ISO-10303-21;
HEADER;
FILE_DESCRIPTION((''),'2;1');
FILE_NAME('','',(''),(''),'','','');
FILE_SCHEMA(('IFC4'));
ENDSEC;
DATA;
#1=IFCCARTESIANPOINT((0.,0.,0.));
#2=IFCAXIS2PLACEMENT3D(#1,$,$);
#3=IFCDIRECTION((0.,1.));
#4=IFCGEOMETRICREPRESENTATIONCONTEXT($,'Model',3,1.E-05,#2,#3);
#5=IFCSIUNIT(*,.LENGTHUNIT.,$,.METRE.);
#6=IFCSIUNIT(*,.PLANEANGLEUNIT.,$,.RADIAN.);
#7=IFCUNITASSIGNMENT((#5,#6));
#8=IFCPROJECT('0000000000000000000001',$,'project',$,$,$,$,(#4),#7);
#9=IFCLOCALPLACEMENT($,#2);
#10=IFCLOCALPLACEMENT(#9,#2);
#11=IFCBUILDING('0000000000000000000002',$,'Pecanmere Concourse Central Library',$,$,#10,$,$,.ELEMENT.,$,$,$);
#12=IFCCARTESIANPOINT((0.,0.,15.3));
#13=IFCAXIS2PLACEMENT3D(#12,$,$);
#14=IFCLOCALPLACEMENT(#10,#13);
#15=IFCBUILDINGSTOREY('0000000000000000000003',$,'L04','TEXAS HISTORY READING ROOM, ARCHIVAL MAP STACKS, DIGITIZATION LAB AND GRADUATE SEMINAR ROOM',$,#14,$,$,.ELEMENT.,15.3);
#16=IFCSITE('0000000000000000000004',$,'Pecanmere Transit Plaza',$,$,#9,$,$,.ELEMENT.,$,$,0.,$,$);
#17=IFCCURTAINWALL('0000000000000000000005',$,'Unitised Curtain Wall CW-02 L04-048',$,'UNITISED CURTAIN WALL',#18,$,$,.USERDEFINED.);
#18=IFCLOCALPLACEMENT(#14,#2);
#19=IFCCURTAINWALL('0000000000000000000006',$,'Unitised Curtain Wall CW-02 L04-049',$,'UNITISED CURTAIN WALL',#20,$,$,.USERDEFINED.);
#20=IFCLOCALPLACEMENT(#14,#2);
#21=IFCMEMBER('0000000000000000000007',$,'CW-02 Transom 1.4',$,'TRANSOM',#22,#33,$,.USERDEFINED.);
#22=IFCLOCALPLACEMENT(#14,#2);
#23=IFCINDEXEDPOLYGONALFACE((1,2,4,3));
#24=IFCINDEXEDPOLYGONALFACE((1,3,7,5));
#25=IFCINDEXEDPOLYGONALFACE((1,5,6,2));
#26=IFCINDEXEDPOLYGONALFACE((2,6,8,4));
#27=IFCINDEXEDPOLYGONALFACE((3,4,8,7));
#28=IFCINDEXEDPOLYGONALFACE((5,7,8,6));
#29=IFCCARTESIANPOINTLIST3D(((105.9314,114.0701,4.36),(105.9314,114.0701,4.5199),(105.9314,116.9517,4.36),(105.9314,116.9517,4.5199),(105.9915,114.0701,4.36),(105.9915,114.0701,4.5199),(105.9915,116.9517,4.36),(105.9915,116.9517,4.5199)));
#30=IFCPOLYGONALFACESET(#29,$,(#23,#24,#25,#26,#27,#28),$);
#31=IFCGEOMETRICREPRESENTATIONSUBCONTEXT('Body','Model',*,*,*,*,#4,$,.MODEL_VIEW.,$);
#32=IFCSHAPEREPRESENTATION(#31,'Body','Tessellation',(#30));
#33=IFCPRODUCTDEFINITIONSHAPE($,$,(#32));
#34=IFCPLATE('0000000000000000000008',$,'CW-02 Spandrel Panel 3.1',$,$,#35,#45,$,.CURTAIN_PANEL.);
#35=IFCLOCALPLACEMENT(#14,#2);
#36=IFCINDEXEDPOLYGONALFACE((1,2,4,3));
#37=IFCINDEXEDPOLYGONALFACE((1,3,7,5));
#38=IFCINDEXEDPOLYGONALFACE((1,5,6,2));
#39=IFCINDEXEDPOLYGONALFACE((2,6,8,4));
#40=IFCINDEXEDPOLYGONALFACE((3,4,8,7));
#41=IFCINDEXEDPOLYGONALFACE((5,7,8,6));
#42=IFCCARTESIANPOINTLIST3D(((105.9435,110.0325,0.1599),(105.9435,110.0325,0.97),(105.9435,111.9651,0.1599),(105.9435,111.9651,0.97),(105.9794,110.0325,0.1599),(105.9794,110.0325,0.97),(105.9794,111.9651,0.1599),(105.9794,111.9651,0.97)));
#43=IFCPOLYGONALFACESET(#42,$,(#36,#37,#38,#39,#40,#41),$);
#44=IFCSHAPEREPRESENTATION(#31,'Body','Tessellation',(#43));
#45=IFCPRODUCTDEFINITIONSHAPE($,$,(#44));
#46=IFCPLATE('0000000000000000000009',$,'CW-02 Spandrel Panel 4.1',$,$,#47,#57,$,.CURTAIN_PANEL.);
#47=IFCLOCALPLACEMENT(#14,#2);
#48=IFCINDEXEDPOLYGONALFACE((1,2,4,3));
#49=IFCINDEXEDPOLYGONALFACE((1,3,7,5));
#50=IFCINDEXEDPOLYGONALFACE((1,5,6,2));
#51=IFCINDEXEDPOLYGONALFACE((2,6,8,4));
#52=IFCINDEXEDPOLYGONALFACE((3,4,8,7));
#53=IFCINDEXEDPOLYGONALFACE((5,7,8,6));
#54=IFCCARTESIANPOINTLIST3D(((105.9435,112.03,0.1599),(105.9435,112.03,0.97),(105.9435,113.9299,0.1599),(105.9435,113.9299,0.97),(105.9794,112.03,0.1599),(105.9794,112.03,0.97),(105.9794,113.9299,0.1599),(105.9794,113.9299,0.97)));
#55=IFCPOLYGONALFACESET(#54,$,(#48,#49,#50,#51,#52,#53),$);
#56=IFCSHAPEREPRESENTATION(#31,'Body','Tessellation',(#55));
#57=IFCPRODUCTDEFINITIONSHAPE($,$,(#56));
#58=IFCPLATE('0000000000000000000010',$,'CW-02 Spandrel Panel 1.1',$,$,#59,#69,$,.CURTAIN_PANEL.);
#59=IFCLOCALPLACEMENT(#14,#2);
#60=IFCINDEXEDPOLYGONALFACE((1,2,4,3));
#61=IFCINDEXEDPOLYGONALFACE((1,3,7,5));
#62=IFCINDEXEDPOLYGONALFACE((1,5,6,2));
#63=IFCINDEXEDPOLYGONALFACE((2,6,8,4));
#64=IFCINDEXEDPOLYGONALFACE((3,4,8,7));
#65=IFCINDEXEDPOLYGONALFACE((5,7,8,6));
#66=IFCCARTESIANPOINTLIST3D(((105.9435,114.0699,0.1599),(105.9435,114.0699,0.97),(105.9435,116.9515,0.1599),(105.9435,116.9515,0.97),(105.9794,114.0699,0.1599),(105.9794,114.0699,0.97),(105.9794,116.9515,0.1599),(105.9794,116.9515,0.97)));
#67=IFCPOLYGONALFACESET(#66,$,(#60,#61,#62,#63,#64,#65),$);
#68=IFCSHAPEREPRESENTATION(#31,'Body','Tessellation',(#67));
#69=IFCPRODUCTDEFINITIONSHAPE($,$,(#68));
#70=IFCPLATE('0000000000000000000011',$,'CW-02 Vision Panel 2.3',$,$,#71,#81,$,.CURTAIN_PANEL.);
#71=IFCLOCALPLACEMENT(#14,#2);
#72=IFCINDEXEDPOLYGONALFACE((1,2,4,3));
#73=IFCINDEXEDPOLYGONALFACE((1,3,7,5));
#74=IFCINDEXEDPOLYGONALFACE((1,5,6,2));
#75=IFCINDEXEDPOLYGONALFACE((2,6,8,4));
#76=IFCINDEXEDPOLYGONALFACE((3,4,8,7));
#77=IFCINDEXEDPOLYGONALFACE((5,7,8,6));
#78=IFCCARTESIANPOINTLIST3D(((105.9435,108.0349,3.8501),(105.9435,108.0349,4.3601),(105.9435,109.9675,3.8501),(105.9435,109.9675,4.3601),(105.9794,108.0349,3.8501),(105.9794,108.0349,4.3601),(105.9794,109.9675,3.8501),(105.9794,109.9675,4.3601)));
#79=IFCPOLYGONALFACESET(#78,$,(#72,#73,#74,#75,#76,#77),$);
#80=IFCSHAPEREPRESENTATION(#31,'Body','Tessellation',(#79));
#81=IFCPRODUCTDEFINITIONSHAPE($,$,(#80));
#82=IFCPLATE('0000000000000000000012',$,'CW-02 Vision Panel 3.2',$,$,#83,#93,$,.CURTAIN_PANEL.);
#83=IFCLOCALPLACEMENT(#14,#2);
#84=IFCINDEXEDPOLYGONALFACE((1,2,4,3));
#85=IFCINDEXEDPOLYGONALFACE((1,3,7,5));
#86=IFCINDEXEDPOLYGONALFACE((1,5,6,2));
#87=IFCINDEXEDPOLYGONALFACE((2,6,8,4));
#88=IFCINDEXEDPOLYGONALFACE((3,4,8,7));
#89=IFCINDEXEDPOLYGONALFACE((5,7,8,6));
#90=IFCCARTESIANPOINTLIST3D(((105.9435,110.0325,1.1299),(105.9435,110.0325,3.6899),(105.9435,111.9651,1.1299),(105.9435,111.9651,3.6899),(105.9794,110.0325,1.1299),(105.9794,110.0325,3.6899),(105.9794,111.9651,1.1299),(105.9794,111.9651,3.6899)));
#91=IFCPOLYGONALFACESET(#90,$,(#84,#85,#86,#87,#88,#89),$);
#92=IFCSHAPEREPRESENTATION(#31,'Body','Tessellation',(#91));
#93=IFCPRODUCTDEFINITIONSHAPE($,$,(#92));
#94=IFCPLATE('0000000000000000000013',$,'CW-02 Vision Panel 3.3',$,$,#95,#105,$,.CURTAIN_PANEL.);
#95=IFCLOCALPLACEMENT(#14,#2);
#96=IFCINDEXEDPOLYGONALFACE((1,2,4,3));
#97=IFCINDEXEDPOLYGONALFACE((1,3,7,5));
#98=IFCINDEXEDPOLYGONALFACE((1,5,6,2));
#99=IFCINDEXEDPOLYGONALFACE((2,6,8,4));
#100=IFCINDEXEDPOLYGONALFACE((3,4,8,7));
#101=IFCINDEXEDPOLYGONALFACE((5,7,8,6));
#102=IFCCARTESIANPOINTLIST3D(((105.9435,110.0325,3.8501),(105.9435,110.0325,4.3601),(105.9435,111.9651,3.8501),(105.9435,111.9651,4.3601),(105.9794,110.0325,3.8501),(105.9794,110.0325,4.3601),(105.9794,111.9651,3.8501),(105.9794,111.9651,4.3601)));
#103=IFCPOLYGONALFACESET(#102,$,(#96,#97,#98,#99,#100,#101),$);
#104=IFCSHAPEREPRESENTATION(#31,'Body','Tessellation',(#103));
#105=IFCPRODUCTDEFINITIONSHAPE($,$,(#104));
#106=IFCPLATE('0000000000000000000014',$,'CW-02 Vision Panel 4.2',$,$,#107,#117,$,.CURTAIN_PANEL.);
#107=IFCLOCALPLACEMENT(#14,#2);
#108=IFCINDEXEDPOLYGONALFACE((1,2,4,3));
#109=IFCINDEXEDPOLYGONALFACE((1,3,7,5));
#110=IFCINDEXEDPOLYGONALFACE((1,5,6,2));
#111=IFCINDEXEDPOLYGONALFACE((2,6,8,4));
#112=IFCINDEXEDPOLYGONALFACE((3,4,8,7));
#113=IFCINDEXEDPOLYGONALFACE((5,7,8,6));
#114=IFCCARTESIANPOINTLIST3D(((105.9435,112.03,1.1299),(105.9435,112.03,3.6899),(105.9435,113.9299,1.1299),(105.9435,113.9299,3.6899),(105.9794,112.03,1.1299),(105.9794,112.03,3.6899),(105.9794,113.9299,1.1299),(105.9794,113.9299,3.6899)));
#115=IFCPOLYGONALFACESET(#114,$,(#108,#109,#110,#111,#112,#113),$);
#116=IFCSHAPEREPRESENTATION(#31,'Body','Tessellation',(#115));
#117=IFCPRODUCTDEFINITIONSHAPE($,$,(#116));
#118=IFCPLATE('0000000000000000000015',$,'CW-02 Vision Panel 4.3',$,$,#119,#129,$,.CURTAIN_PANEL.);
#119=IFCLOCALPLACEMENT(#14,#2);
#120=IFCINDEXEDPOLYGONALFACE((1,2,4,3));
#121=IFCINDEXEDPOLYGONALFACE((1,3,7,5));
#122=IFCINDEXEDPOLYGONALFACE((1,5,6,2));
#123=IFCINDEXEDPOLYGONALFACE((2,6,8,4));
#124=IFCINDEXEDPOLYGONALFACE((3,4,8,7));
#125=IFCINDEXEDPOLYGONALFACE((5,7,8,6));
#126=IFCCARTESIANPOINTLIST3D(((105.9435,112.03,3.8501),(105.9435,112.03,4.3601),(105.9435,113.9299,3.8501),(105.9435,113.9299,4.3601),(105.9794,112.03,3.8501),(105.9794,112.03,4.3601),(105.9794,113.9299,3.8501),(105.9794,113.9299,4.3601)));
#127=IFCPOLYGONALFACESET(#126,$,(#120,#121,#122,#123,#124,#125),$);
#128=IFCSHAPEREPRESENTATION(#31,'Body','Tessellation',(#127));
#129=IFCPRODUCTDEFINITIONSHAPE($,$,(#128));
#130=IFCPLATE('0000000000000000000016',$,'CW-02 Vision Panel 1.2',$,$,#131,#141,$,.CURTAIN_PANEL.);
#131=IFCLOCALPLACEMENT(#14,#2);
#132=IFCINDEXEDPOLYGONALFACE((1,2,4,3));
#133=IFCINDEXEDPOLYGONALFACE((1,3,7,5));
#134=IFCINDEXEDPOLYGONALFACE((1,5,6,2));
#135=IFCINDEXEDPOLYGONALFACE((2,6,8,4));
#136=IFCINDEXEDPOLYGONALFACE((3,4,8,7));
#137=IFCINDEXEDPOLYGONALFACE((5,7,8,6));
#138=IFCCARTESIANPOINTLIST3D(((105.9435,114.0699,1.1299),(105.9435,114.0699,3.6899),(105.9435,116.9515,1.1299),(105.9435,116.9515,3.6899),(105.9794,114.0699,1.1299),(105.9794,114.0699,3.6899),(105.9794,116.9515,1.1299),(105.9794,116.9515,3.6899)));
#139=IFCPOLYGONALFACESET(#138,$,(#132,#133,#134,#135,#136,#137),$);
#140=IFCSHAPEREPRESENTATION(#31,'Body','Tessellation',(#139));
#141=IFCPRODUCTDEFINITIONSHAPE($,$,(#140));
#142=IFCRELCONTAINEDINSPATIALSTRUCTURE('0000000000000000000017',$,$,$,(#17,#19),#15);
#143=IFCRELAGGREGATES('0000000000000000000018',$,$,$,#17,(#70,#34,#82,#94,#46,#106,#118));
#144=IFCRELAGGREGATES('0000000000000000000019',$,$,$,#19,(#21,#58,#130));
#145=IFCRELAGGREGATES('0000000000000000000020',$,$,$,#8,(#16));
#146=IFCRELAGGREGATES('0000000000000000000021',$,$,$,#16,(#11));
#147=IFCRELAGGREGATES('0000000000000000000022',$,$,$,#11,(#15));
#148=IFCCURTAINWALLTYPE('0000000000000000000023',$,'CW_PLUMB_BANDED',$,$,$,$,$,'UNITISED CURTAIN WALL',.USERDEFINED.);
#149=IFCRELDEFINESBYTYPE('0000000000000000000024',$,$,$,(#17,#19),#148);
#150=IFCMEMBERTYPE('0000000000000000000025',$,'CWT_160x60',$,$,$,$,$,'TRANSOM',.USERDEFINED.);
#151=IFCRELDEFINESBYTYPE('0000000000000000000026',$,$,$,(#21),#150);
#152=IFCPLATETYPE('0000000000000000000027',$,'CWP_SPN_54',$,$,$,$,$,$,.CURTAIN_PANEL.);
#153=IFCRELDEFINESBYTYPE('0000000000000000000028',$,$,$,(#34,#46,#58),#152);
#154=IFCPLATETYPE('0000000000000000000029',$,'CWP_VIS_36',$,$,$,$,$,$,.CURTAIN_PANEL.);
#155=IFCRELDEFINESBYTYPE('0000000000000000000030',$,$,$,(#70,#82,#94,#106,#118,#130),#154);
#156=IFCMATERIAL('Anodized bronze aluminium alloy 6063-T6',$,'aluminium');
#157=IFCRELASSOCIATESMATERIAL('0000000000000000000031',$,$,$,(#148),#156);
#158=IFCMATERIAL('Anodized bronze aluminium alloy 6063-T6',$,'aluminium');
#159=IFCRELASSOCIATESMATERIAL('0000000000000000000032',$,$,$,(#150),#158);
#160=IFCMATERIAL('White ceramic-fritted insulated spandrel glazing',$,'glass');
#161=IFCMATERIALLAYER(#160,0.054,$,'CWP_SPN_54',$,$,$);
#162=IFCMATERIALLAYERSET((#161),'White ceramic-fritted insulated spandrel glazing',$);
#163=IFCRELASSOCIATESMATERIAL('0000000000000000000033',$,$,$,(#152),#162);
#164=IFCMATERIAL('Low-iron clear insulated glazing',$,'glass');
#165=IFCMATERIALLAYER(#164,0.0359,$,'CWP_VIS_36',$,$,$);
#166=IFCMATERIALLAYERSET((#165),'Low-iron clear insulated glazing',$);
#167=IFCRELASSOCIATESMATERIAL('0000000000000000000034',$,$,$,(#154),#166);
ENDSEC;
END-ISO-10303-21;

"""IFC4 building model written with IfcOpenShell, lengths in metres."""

from ifc_helpers import new_model, si_unit, direction, frame, origin, origin_2d, place, context, subcontext, project, spatial, rectangle, extrude, material, layer, layer_set, material_profile, profile_set, type_object, element, aggregate, save


model = new_model("IFC4")

# Units and contexts
model_context = context("Model", 3, precision=1e-05, world=origin(), true_north=direction((0.0, 1.0)))
body_context = subcontext(model_context, "Body", "Model", "MODEL_VIEW")
ifc_project = project(units=[si_unit("LENGTHUNIT", "METRE"), si_unit("PLANEANGLEUNIT", "RADIAN")], contexts=[model_context])

# Site, building, storey
site_placement = place(None, origin())
site = spatial("IfcSite", under=ifc_project, at=site_placement, Name="Pecanmere Transit Plaza", CompositionType="ELEMENT", RefElevation=0.0)
building_placement = place(site_placement, origin())
building = spatial("IfcBuilding", under=site, at=building_placement, Name="Pecanmere Concourse Central Library", CompositionType="ELEMENT")
storey_placement = place(building_placement, frame((0.0, 0.0, 15.3)))
storey = spatial("IfcBuildingStorey", under=building, at=storey_placement, Name="L04", Description="TEXAS HISTORY READING ROOM, ARCHIVAL MAP STACKS, DIGITIZATION LAB AND GRADUATE SEMINAR ROOM", CompositionType="ELEMENT", Elevation=15.3)

# Curtain wall
ifc_material_1 = material(Name="Anodized bronze aluminium alloy 6063-T6", Category="aluminium")
curtain_wall_type = type_object("IfcCurtainWallType", Name="CW_PLUMB_BANDED", ElementType="UNITISED CURTAIN WALL", PredefinedType="USERDEFINED", material=ifc_material_1)
curtain_wall_1_placement = place(storey_placement, origin())
curtain_wall_1 = element("IfcCurtainWall", 1, at=curtain_wall_1_placement, inside=storey, type_object=curtain_wall_type, Name="Unitised Curtain Wall CW-02 L04-048", ObjectType="UNITISED CURTAIN WALL", PredefinedType="USERDEFINED")

# Curtain wall
curtain_wall_2_placement = place(storey_placement, origin())
curtain_wall_2 = element("IfcCurtainWall", 2, at=curtain_wall_2_placement, inside=storey, type_object=curtain_wall_type, Name="Unitised Curtain Wall CW-02 L04-049", ObjectType="UNITISED CURTAIN WALL", PredefinedType="USERDEFINED")

# Member
ifc_material_2 = material(Name="Anodized bronze aluminium alloy 6063-T6", Category="aluminium")
ifc_material_profile_1 = material_profile(ifc_material_2, rectangle(XDim=0.0601, YDim=0.1599, at=origin_2d()), Name="AL 60x160")
ifc_profile_set_1 = profile_set([ifc_material_profile_1], Name="Anodized bronze aluminium alloy 6063-T6")
member_type_1 = type_object("IfcMemberType", Name="CWT_160x60", ElementType="TRANSOM", PredefinedType="USERDEFINED", material=ifc_profile_set_1)
member_1_placement = place(storey_placement, frame((105.9614, 114.0701, 4.4399), z_axis=(0.0, 1.0, 0.0), x_axis=(-1.0, 0.0, 0.0)))
member_1 = element("IfcMember", 3, at=member_1_placement, type_object=member_type_1, Name="CW-02 Transom 1.4", ObjectType="TRANSOM", PredefinedType="USERDEFINED", context=body_context, shape_type="SweptSolid", body=[
    extrude(rectangle(XDim=0.0601, YDim=0.1599, at=origin_2d()), origin(), (0.0, 0.0, 1.0), 2.8816),
])

# Plates
ifc_material_3 = material(Name="White ceramic-fritted insulated spandrel glazing", Category="glass")
ifc_layer_1 = layer(ifc_material_3, 0.054, Name="CWP_SPN_54")
ifc_layer_set_1 = layer_set([ifc_layer_1], Name="White ceramic-fritted insulated spandrel glazing")
plate_type_1 = type_object("IfcPlateType", Name="CWP_SPN_54", PredefinedType="CURTAIN_PANEL", material=ifc_layer_set_1)
plate_1_placement = place(storey_placement, frame((105.9614, 110.9988, 0.1599), z_axis=(0.0, 0.0, 1.0), x_axis=(0.0, 1.0, 0.0)))
plate_1 = element("IfcPlate", 4, at=plate_1_placement, type_object=plate_type_1, Name="CW-02 Spandrel Panel 3.1", PredefinedType="CURTAIN_PANEL", context=body_context, shape_type="SweptSolid", body=[
    extrude(rectangle(XDim=1.9326, YDim=0.0359, at=origin_2d()), origin(), (0.0, 0.0, 1.0), 0.8101),
])
plate_2_placement = place(storey_placement, frame((105.9614, 112.98, 0.1599), z_axis=(0.0, 0.0, 1.0), x_axis=(0.0, 1.0, 0.0)))
plate_2 = element("IfcPlate", 5, at=plate_2_placement, type_object=plate_type_1, Name="CW-02 Spandrel Panel 4.1", PredefinedType="CURTAIN_PANEL", context=body_context, shape_type="SweptSolid", body=[
    extrude(rectangle(XDim=1.8999, YDim=0.0359, at=origin_2d()), origin(), (0.0, 0.0, 1.0), 0.8101),
])
plate_3_placement = place(storey_placement, frame((105.9614, 115.5107, 0.1599), z_axis=(0.0, 0.0, 1.0), x_axis=(0.0, 1.0, 0.0)))
plate_3 = element("IfcPlate", 6, at=plate_3_placement, type_object=plate_type_1, Name="CW-02 Spandrel Panel 1.1", PredefinedType="CURTAIN_PANEL", context=body_context, shape_type="SweptSolid", body=[
    extrude(rectangle(XDim=2.8816, YDim=0.0359, at=origin_2d()), origin(), (0.0, 0.0, 1.0), 0.8101),
])
ifc_material_4 = material(Name="Low-iron clear insulated glazing", Category="glass")
ifc_layer_2 = layer(ifc_material_4, 0.0359, Name="CWP_VIS_36")
ifc_layer_set_2 = layer_set([ifc_layer_2], Name="Low-iron clear insulated glazing")
plate_type_2 = type_object("IfcPlateType", Name="CWP_VIS_36", PredefinedType="CURTAIN_PANEL", material=ifc_layer_set_2)
plate_4_placement = place(storey_placement, frame((105.9614, 109.0012, 3.8501), z_axis=(0.0, 0.0, 1.0), x_axis=(0.0, 1.0, 0.0)))
plate_4 = element("IfcPlate", 7, at=plate_4_placement, type_object=plate_type_2, Name="CW-02 Vision Panel 2.3", PredefinedType="CURTAIN_PANEL", context=body_context, shape_type="SweptSolid", body=[
    extrude(rectangle(XDim=1.9326, YDim=0.0359, at=origin_2d()), origin(), (0.0, 0.0, 1.0), 0.51),
])
plate_5_placement = place(storey_placement, frame((105.9614, 110.9988, 1.1299), z_axis=(0.0, 0.0, 1.0), x_axis=(0.0, 1.0, 0.0)))
plate_5 = element("IfcPlate", 8, at=plate_5_placement, type_object=plate_type_2, Name="CW-02 Vision Panel 3.2", PredefinedType="CURTAIN_PANEL", context=body_context, shape_type="SweptSolid", body=[
    extrude(rectangle(XDim=1.9326, YDim=0.0359, at=origin_2d()), origin(), (0.0, 0.0, 1.0), 2.5601),
])
plate_6_placement = place(storey_placement, frame((105.9614, 110.9988, 3.8501), z_axis=(0.0, 0.0, 1.0), x_axis=(0.0, 1.0, 0.0)))
plate_6 = element("IfcPlate", 9, at=plate_6_placement, type_object=plate_type_2, Name="CW-02 Vision Panel 3.3", PredefinedType="CURTAIN_PANEL", context=body_context, shape_type="SweptSolid", body=[
    extrude(rectangle(XDim=1.9326, YDim=0.0359, at=origin_2d()), origin(), (0.0, 0.0, 1.0), 0.51),
])
plate_7_placement = place(storey_placement, frame((105.9614, 112.98, 1.1299), z_axis=(0.0, 0.0, 1.0), x_axis=(0.0, 1.0, 0.0)))
plate_7 = element("IfcPlate", 10, at=plate_7_placement, type_object=plate_type_2, Name="CW-02 Vision Panel 4.2", PredefinedType="CURTAIN_PANEL", context=body_context, shape_type="SweptSolid", body=[
    extrude(rectangle(XDim=1.8999, YDim=0.0359, at=origin_2d()), origin(), (0.0, 0.0, 1.0), 2.5601),
])
plate_8_placement = place(storey_placement, frame((105.9614, 112.98, 3.8501), z_axis=(0.0, 0.0, 1.0), x_axis=(0.0, 1.0, 0.0)))
plate_8 = element("IfcPlate", 11, at=plate_8_placement, type_object=plate_type_2, Name="CW-02 Vision Panel 4.3", PredefinedType="CURTAIN_PANEL", context=body_context, shape_type="SweptSolid", body=[
    extrude(rectangle(XDim=1.8999, YDim=0.0359, at=origin_2d()), origin(), (0.0, 0.0, 1.0), 0.51),
])
aggregate(curtain_wall_1, [plate_4, plate_1, plate_5, plate_6, plate_2, plate_7, plate_8])
plate_9_placement = place(storey_placement, frame((105.9614, 115.5107, 1.1299), z_axis=(0.0, 0.0, 1.0), x_axis=(0.0, 1.0, 0.0)))
plate_9 = element("IfcPlate", 12, at=plate_9_placement, type_object=plate_type_2, Name="CW-02 Vision Panel 1.2", PredefinedType="CURTAIN_PANEL", context=body_context, shape_type="SweptSolid", body=[
    extrude(rectangle(XDim=2.8816, YDim=0.0359, at=origin_2d()), origin(), (0.0, 0.0, 1.0), 2.5601),
])
aggregate(curtain_wall_2, [member_1, plate_3, plate_9])

save(model, "model.ifc")
